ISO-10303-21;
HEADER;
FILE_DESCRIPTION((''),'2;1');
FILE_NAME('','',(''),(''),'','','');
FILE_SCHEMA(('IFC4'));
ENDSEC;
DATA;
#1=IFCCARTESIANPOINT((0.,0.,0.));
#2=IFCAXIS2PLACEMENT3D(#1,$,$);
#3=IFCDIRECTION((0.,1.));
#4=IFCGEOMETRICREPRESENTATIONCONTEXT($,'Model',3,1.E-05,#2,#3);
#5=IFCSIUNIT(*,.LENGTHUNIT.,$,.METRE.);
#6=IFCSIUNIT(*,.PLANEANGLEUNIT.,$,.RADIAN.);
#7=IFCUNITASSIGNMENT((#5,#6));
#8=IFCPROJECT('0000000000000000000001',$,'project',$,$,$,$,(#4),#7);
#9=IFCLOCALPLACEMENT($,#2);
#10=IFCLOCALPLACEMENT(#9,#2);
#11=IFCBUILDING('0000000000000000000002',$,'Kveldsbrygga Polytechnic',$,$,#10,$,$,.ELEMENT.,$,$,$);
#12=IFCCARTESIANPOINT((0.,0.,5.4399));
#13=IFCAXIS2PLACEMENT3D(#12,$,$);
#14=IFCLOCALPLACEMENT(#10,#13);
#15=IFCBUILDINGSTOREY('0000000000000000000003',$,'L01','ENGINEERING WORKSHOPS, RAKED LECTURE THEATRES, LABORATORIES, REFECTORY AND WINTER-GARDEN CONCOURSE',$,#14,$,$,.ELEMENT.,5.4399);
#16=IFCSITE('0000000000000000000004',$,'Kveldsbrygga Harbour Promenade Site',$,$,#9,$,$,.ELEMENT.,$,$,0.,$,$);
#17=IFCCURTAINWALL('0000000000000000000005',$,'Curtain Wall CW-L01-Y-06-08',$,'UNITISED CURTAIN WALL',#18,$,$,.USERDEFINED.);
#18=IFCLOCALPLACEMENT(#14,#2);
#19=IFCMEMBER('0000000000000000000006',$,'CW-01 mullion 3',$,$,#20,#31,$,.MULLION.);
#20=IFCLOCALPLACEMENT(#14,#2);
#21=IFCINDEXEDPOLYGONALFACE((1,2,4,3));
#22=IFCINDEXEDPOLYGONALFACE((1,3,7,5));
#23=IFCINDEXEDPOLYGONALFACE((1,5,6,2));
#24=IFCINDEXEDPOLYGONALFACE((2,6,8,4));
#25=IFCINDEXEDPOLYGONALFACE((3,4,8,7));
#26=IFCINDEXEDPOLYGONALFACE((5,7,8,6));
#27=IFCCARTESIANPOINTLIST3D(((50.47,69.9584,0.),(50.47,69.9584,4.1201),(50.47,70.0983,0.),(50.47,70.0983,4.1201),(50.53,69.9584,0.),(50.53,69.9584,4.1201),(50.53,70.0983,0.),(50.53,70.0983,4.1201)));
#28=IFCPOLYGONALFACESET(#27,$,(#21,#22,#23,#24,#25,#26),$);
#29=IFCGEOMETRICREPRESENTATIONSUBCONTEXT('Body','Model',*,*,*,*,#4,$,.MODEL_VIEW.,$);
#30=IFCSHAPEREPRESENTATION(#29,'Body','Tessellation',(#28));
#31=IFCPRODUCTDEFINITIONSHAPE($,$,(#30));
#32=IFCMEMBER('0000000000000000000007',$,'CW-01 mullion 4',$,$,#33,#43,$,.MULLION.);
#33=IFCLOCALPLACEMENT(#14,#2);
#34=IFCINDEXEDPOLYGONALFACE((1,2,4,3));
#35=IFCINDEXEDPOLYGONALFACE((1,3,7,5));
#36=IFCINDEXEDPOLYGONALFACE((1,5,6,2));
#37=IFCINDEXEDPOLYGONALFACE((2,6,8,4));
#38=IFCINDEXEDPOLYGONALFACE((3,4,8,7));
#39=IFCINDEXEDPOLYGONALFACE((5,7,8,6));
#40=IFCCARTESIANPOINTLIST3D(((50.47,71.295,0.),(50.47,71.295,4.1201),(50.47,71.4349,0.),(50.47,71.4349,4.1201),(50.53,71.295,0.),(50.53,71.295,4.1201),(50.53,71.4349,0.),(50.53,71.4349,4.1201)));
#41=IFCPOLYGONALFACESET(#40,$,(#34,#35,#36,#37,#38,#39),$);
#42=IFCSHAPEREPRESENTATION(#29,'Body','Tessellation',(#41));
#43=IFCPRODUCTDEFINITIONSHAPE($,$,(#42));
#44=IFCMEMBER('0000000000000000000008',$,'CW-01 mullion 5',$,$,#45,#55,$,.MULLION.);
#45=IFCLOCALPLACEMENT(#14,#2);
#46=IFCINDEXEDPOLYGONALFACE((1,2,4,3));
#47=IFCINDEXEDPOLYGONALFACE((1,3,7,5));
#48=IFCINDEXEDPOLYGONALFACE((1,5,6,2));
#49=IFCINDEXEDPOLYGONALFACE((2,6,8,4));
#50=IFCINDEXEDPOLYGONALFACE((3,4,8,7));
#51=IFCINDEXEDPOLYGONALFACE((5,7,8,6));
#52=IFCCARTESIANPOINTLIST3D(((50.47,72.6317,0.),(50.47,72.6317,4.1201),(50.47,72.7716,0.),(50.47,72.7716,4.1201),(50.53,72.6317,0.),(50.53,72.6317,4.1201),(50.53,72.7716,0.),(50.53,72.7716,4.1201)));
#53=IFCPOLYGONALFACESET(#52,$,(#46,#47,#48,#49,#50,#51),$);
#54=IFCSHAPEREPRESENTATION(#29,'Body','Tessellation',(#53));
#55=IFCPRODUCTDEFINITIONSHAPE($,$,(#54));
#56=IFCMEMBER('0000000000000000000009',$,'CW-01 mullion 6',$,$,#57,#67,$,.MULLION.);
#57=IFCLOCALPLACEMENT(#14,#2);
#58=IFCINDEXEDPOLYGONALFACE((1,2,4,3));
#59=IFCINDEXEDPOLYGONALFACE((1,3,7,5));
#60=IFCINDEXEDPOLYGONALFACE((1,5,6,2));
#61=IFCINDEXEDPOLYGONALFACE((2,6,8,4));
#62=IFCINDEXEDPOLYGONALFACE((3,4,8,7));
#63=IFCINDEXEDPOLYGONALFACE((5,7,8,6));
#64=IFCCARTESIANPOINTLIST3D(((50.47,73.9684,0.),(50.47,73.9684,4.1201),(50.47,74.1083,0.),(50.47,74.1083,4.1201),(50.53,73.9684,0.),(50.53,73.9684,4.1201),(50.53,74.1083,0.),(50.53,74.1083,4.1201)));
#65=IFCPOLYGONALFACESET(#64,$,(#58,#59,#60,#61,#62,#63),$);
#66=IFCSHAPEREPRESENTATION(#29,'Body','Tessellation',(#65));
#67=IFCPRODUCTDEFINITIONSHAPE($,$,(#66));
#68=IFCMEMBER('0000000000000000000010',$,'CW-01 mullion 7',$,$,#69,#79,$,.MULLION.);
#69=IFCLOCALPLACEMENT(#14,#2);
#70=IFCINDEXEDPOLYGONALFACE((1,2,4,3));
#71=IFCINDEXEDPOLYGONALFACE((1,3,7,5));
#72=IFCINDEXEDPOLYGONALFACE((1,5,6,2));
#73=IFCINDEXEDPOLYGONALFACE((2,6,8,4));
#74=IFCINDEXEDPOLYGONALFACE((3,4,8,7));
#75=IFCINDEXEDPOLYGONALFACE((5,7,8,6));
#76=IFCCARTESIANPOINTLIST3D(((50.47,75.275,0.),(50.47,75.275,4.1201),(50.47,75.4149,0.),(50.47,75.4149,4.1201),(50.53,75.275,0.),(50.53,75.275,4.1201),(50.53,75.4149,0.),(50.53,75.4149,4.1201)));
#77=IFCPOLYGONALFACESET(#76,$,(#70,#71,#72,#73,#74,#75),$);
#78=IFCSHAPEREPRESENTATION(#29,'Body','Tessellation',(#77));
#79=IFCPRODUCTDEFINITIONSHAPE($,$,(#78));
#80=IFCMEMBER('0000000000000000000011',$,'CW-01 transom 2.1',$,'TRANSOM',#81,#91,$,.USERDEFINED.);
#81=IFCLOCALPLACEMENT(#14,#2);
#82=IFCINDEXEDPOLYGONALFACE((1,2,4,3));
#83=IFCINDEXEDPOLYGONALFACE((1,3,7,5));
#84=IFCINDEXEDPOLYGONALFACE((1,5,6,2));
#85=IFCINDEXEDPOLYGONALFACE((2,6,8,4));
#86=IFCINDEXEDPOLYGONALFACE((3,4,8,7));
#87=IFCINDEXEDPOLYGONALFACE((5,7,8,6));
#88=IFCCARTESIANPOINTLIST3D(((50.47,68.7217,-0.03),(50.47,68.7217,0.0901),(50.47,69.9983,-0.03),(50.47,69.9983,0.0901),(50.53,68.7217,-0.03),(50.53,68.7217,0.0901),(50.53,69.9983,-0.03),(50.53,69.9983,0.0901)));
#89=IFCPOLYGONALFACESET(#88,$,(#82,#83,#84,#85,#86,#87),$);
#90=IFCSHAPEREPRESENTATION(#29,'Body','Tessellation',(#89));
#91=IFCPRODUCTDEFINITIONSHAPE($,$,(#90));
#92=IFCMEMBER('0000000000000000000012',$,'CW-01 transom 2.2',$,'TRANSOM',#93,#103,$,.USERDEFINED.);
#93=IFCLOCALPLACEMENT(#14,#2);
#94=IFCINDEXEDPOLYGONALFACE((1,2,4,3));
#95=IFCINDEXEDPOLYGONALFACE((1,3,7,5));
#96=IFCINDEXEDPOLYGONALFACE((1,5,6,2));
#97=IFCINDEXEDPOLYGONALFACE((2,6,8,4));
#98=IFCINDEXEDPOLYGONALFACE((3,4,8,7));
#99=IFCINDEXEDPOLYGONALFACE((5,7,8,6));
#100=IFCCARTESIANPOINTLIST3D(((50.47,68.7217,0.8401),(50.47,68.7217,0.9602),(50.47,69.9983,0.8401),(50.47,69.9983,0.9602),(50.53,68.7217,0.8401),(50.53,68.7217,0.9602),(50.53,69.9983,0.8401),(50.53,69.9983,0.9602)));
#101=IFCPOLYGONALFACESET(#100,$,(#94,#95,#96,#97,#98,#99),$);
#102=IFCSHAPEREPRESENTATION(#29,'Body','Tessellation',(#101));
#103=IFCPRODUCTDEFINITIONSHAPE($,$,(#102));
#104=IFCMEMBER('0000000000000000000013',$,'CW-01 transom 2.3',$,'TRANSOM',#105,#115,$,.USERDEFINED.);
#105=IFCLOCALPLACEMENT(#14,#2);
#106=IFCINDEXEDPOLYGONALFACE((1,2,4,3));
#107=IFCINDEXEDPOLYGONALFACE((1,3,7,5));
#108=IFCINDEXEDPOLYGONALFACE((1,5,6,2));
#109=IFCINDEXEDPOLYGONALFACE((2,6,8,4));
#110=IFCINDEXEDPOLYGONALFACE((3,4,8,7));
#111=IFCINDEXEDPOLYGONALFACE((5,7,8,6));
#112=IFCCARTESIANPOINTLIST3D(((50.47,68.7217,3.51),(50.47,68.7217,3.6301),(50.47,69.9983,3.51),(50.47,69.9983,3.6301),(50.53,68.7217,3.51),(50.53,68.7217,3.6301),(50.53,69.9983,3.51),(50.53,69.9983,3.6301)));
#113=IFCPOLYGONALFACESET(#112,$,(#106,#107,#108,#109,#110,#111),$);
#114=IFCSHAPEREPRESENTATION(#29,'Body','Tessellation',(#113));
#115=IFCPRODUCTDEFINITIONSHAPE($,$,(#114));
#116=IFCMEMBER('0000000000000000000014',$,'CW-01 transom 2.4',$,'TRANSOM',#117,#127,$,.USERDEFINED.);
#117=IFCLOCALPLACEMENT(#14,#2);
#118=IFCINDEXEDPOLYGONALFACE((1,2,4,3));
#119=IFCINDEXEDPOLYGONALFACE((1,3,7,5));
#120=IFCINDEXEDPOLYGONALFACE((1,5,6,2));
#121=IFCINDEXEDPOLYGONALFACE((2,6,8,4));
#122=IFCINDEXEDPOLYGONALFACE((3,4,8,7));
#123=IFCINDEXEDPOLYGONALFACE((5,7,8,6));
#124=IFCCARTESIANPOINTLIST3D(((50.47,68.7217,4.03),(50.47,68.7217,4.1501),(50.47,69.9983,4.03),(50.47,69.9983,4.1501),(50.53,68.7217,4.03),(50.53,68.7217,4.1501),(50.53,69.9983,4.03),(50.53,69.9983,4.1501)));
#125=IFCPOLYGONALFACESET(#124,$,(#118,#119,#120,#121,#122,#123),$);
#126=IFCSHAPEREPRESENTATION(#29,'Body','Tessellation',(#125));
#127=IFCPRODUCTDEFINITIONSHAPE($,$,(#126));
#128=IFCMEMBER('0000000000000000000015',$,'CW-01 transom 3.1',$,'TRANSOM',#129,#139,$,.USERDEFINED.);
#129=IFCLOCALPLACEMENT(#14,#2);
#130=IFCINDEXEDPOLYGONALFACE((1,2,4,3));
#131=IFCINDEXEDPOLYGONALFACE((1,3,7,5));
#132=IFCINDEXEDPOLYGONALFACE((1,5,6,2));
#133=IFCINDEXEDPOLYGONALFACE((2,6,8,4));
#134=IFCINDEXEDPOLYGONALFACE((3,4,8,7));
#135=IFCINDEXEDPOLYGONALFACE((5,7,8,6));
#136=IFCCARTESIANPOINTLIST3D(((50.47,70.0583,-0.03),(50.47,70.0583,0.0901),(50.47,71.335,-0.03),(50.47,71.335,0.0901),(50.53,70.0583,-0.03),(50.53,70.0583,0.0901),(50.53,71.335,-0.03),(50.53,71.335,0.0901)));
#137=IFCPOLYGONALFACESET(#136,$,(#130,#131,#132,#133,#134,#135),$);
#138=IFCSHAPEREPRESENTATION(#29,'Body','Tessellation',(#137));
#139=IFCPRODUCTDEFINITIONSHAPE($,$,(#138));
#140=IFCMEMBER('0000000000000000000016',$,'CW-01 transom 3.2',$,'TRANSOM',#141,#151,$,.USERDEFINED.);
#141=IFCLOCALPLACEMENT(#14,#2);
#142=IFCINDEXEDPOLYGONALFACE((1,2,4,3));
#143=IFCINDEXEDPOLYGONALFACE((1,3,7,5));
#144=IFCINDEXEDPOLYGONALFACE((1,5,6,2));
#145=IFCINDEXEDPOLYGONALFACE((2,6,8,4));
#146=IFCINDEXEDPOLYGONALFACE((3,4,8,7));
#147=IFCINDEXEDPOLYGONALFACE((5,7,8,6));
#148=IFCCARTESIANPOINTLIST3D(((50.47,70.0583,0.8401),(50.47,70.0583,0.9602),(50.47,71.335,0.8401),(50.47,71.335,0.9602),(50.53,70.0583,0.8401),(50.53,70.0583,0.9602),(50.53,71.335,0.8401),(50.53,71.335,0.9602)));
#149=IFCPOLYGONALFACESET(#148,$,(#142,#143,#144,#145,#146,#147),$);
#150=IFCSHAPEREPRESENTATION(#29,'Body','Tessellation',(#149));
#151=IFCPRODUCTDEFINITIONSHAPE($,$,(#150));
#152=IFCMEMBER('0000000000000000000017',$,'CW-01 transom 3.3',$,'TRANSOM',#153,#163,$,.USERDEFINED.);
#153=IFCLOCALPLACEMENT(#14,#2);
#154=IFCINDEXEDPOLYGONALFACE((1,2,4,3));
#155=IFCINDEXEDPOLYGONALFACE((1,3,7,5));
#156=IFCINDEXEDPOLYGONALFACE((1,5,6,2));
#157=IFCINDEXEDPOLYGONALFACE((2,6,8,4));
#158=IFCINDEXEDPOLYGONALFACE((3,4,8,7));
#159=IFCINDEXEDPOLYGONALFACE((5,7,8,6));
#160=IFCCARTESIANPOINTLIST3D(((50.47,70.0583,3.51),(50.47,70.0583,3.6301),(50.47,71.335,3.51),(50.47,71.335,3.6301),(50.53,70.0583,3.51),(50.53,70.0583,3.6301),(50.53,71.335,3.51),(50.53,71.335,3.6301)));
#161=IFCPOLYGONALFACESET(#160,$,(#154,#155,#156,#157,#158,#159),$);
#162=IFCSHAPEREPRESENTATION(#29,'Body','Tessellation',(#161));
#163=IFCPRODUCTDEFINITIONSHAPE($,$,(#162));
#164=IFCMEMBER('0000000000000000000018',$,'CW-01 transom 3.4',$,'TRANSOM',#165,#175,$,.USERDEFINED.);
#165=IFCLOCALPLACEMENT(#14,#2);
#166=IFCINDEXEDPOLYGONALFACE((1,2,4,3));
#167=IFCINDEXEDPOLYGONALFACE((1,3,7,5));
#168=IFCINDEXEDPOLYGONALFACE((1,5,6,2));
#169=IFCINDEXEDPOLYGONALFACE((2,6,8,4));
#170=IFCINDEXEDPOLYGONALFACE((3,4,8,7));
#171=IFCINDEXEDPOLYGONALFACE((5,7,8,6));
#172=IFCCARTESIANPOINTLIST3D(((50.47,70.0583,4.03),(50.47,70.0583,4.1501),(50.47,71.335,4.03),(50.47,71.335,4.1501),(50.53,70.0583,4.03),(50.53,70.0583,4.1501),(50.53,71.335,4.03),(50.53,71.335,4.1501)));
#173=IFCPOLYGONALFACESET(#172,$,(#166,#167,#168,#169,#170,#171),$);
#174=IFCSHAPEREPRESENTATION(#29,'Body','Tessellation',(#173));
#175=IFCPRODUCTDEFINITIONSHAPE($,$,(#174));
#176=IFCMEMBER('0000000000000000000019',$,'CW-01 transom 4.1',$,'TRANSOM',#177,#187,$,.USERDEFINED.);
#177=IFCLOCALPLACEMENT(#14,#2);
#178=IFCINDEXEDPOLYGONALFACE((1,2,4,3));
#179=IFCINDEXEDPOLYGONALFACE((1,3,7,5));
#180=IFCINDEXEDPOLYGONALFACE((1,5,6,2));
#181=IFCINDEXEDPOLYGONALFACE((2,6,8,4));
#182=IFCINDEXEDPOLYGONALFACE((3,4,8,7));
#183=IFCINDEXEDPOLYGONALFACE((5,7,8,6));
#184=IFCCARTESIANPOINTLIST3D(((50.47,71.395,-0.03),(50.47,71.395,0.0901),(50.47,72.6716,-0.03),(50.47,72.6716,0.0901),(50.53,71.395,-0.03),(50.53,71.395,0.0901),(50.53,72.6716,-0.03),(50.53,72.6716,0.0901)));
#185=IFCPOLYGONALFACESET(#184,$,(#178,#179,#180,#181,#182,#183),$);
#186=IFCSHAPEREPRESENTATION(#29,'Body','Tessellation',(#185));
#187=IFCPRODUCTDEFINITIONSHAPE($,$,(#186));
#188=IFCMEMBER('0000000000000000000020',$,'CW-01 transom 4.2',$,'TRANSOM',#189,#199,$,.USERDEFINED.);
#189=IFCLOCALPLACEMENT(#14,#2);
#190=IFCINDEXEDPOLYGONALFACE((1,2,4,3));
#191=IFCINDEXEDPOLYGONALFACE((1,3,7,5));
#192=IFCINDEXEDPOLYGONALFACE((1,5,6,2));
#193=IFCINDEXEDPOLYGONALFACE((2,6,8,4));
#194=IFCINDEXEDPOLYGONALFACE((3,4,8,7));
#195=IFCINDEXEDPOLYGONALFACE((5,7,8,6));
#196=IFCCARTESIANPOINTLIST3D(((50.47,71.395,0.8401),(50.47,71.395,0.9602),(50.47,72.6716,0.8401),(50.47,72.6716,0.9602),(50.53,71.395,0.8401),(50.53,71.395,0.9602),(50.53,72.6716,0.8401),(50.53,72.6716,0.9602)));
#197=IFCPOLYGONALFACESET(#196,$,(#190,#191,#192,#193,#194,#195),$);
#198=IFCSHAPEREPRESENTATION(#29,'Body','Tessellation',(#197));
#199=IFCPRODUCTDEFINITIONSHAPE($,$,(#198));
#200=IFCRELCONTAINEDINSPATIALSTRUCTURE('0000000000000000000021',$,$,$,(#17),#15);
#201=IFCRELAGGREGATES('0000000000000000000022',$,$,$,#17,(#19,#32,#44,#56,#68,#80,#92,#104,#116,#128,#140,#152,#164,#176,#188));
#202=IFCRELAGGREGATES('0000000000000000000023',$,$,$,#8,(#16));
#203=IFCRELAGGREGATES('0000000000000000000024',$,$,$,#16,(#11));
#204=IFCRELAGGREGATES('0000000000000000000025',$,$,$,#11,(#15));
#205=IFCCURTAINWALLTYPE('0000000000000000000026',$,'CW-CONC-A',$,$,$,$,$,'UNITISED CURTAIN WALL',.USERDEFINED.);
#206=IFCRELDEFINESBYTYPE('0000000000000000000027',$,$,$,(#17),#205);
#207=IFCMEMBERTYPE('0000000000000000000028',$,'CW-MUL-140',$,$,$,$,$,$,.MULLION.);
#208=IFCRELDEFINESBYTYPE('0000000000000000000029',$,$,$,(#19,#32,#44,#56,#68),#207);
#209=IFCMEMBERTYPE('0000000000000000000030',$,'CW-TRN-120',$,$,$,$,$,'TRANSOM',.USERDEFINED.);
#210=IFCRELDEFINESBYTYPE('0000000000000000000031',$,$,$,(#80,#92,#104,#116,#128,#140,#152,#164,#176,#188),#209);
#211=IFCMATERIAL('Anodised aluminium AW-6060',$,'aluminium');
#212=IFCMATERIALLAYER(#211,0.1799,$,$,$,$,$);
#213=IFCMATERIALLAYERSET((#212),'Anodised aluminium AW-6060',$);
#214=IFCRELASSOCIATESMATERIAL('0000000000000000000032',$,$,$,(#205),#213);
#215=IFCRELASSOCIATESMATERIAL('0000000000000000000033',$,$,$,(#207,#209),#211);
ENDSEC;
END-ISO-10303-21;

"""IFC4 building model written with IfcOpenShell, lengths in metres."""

from ifc_helpers import new_model, si_unit, direction, frame, origin, origin_2d, place, context, subcontext, project, spatial, rectangle, extrude, material, layer, layer_set, material_profile, profile_set, type_object, element, aggregate, save


model = new_model("IFC4")

# Units and contexts
model_context = context("Model", 3, precision=1e-05, world=origin(), true_north=direction((0.0, 1.0)))
body_context = subcontext(model_context, "Body", "Model", "MODEL_VIEW")
ifc_project = project(units=[si_unit("LENGTHUNIT", "METRE"), si_unit("PLANEANGLEUNIT", "RADIAN")], contexts=[model_context])

# Site, building, storey
site_placement = place(None, origin())
site = spatial("IfcSite", under=ifc_project, at=site_placement, Name="Kveldsbrygga Harbour Promenade Site", CompositionType="ELEMENT", RefElevation=0.0)
building_placement = place(site_placement, origin())
building = spatial("IfcBuilding", under=site, at=building_placement, Name="Kveldsbrygga Polytechnic", CompositionType="ELEMENT")
storey_placement = place(building_placement, frame((0.0, 0.0, 5.4399)))
storey = spatial("IfcBuildingStorey", under=building, at=storey_placement, Name="L01", Description="ENGINEERING WORKSHOPS, RAKED LECTURE THEATRES, LABORATORIES, REFECTORY AND WINTER-GARDEN CONCOURSE", CompositionType="ELEMENT", Elevation=5.4399)

# Curtain wall, members
ifc_material_1 = material(Name="Anodised aluminium AW-6060", Category="aluminium")
ifc_layer_1 = layer(ifc_material_1, 0.1799)
ifc_layer_set_1 = layer_set([ifc_layer_1], Name="Anodised aluminium AW-6060")
curtain_wall_type = type_object("IfcCurtainWallType", Name="CW-CONC-A", ElementType="UNITISED CURTAIN WALL", PredefinedType="USERDEFINED", material=ifc_layer_set_1)
curtain_wall_placement = place(storey_placement, origin())
curtain_wall = element("IfcCurtainWall", 1, at=curtain_wall_placement, inside=storey, type_object=curtain_wall_type, Name="Curtain Wall CW-L01-Y-06-08", ObjectType="UNITISED CURTAIN WALL", PredefinedType="USERDEFINED")
ifc_material_profile_1 = material_profile(ifc_material_1, rectangle(XDim=0.0601, YDim=0.1399, at=origin_2d()), Name="ALU 60x140")
ifc_profile_set_1 = profile_set([ifc_material_profile_1], Name="Anodised aluminium AW-6060")
member_type_1 = type_object("IfcMemberType", Name="CW-MUL-140", PredefinedType="MULLION", material=ifc_profile_set_1)
member_1_placement = place(storey_placement, frame((50.5, 70.0283, 0.0), z_axis=(0.0, 0.0, 1.0), x_axis=(-1.0, 0.0, 0.0)))
member_1 = element("IfcMember", 2, at=member_1_placement, type_object=member_type_1, Name="CW-01 mullion 3", PredefinedType="MULLION", context=body_context, shape_type="SweptSolid", body=[
    extrude(rectangle(XDim=0.0601, YDim=0.1399, at=origin_2d()), origin(), (0.0, 0.0, 1.0), 4.1201),
])
member_2_placement = place(storey_placement, frame((50.5, 71.365, 0.0), z_axis=(0.0, 0.0, 1.0), x_axis=(-1.0, 0.0, 0.0)))
member_2 = element("IfcMember", 3, at=member_2_placement, type_object=member_type_1, Name="CW-01 mullion 4", PredefinedType="MULLION", context=body_context, shape_type="SweptSolid", body=[
    extrude(rectangle(XDim=0.0601, YDim=0.1399, at=origin_2d()), origin(), (0.0, 0.0, 1.0), 4.1201),
])
member_3_placement = place(storey_placement, frame((50.5, 72.7017, 0.0), z_axis=(0.0, 0.0, 1.0), x_axis=(-1.0, 0.0, 0.0)))
member_3 = element("IfcMember", 4, at=member_3_placement, type_object=member_type_1, Name="CW-01 mullion 5", PredefinedType="MULLION", context=body_context, shape_type="SweptSolid", body=[
    extrude(rectangle(XDim=0.0601, YDim=0.1399, at=origin_2d()), origin(), (0.0, 0.0, 1.0), 4.1201),
])
member_4_placement = place(storey_placement, frame((50.5, 74.0383, 0.0), z_axis=(0.0, 0.0, 1.0), x_axis=(-1.0, 0.0, 0.0)))
member_4 = element("IfcMember", 5, at=member_4_placement, type_object=member_type_1, Name="CW-01 mullion 6", PredefinedType="MULLION", context=body_context, shape_type="SweptSolid", body=[
    extrude(rectangle(XDim=0.0601, YDim=0.1399, at=origin_2d()), origin(), (0.0, 0.0, 1.0), 4.1201),
])
member_5_placement = place(storey_placement, frame((50.5, 75.345, 0.0), z_axis=(0.0, 0.0, 1.0), x_axis=(-1.0, 0.0, 0.0)))
member_5 = element("IfcMember", 6, at=member_5_placement, type_object=member_type_1, Name="CW-01 mullion 7", PredefinedType="MULLION", context=body_context, shape_type="SweptSolid", body=[
    extrude(rectangle(XDim=0.0601, YDim=0.1399, at=origin_2d()), origin(), (0.0, 0.0, 1.0), 4.1201),
])
ifc_material_profile_2 = material_profile(ifc_material_1, rectangle(XDim=0.0601, YDim=0.1201, at=origin_2d()), Name="ALU 60x120")
ifc_profile_set_2 = profile_set([ifc_material_profile_2], Name="Anodised aluminium AW-6060")
member_type_2 = type_object("IfcMemberType", Name="CW-TRN-120", ElementType="TRANSOM", PredefinedType="USERDEFINED", material=ifc_profile_set_2)
member_6_placement = place(storey_placement, frame((50.5, 68.7217, 0.03), z_axis=(0.0, 1.0, 0.0), x_axis=(-1.0, 0.0, 0.0)))
member_6 = element("IfcMember", 7, at=member_6_placement, type_object=member_type_2, Name="CW-01 transom 2.1", ObjectType="TRANSOM", PredefinedType="USERDEFINED", context=body_context, shape_type="SweptSolid", body=[
    extrude(rectangle(XDim=0.0601, YDim=0.1201, at=origin_2d()), origin(), (0.0, 0.0, 1.0), 1.2766),
])
member_7_placement = place(storey_placement, frame((50.5, 68.7217, 0.9001), z_axis=(0.0, 1.0, 0.0), x_axis=(-1.0, 0.0, 0.0)))
member_7 = element("IfcMember", 8, at=member_7_placement, type_object=member_type_2, Name="CW-01 transom 2.2", ObjectType="TRANSOM", PredefinedType="USERDEFINED", context=body_context, shape_type="SweptSolid", body=[
    extrude(rectangle(XDim=0.0601, YDim=0.1201, at=origin_2d()), origin(), (0.0, 0.0, 1.0), 1.2766),
])
member_8_placement = place(storey_placement, frame((50.5, 68.7217, 3.5701), z_axis=(0.0, 1.0, 0.0), x_axis=(-1.0, 0.0, 0.0)))
member_8 = element("IfcMember", 9, at=member_8_placement, type_object=member_type_2, Name="CW-01 transom 2.3", ObjectType="TRANSOM", PredefinedType="USERDEFINED", context=body_context, shape_type="SweptSolid", body=[
    extrude(rectangle(XDim=0.0601, YDim=0.1201, at=origin_2d()), origin(), (0.0, 0.0, 1.0), 1.2766),
])
member_9_placement = place(storey_placement, frame((50.5, 68.7217, 4.0901), z_axis=(0.0, 1.0, 0.0), x_axis=(-1.0, 0.0, 0.0)))
member_9 = element("IfcMember", 10, at=member_9_placement, type_object=member_type_2, Name="CW-01 transom 2.4", ObjectType="TRANSOM", PredefinedType="USERDEFINED", context=body_context, shape_type="SweptSolid", body=[
    extrude(rectangle(XDim=0.0601, YDim=0.1201, at=origin_2d()), origin(), (0.0, 0.0, 1.0), 1.2766),
])
member_10_placement = place(storey_placement, frame((50.5, 70.0583, 0.03), z_axis=(0.0, 1.0, 0.0), x_axis=(-1.0, 0.0, 0.0)))
member_10 = element("IfcMember", 11, at=member_10_placement, type_object=member_type_2, Name="CW-01 transom 3.1", ObjectType="TRANSOM", PredefinedType="USERDEFINED", context=body_context, shape_type="SweptSolid", body=[
    extrude(rectangle(XDim=0.0601, YDim=0.1201, at=origin_2d()), origin(), (0.0, 0.0, 1.0), 1.2766),
])
member_11_placement = place(storey_placement, frame((50.5, 70.0583, 0.9001), z_axis=(0.0, 1.0, 0.0), x_axis=(-1.0, 0.0, 0.0)))
member_11 = element("IfcMember", 12, at=member_11_placement, type_object=member_type_2, Name="CW-01 transom 3.2", ObjectType="TRANSOM", PredefinedType="USERDEFINED", context=body_context, shape_type="SweptSolid", body=[
    extrude(rectangle(XDim=0.0601, YDim=0.1201, at=origin_2d()), origin(), (0.0, 0.0, 1.0), 1.2766),
])
member_12_placement = place(storey_placement, frame((50.5, 70.0583, 3.5701), z_axis=(0.0, 1.0, 0.0), x_axis=(-1.0, 0.0, 0.0)))
member_12 = element("IfcMember", 13, at=member_12_placement, type_object=member_type_2, Name="CW-01 transom 3.3", ObjectType="TRANSOM", PredefinedType="USERDEFINED", context=body_context, shape_type="SweptSolid", body=[
    extrude(rectangle(XDim=0.0601, YDim=0.1201, at=origin_2d()), origin(), (0.0, 0.0, 1.0), 1.2766),
])
member_13_placement = place(storey_placement, frame((50.5, 70.0583, 4.0901), z_axis=(0.0, 1.0, 0.0), x_axis=(-1.0, 0.0, 0.0)))
member_13 = element("IfcMember", 14, at=member_13_placement, type_object=member_type_2, Name="CW-01 transom 3.4", ObjectType="TRANSOM", PredefinedType="USERDEFINED", context=body_context, shape_type="SweptSolid", body=[
    extrude(rectangle(XDim=0.0601, YDim=0.1201, at=origin_2d()), origin(), (0.0, 0.0, 1.0), 1.2766),
])
member_14_placement = place(storey_placement, frame((50.5, 71.395, 0.03), z_axis=(0.0, 1.0, 0.0), x_axis=(-1.0, 0.0, 0.0)))
member_14 = element("IfcMember", 15, at=member_14_placement, type_object=member_type_2, Name="CW-01 transom 4.1", ObjectType="TRANSOM", PredefinedType="USERDEFINED", context=body_context, shape_type="SweptSolid", body=[
    extrude(rectangle(XDim=0.0601, YDim=0.1201, at=origin_2d()), origin(), (0.0, 0.0, 1.0), 1.2766),
])
member_15_placement = place(storey_placement, frame((50.5, 71.395, 0.9001), z_axis=(0.0, 1.0, 0.0), x_axis=(-1.0, 0.0, 0.0)))
member_15 = element("IfcMember", 16, at=member_15_placement, type_object=member_type_2, Name="CW-01 transom 4.2", ObjectType="TRANSOM", PredefinedType="USERDEFINED", context=body_context, shape_type="SweptSolid", body=[
    extrude(rectangle(XDim=0.0601, YDim=0.1201, at=origin_2d()), origin(), (0.0, 0.0, 1.0), 1.2766),
])
aggregate(curtain_wall, [member_1, member_2, member_3, member_4, member_5, member_6, member_7, member_8, member_9, member_10, member_11, member_12, member_13, member_14, member_15])

save(model, "model.ifc")
